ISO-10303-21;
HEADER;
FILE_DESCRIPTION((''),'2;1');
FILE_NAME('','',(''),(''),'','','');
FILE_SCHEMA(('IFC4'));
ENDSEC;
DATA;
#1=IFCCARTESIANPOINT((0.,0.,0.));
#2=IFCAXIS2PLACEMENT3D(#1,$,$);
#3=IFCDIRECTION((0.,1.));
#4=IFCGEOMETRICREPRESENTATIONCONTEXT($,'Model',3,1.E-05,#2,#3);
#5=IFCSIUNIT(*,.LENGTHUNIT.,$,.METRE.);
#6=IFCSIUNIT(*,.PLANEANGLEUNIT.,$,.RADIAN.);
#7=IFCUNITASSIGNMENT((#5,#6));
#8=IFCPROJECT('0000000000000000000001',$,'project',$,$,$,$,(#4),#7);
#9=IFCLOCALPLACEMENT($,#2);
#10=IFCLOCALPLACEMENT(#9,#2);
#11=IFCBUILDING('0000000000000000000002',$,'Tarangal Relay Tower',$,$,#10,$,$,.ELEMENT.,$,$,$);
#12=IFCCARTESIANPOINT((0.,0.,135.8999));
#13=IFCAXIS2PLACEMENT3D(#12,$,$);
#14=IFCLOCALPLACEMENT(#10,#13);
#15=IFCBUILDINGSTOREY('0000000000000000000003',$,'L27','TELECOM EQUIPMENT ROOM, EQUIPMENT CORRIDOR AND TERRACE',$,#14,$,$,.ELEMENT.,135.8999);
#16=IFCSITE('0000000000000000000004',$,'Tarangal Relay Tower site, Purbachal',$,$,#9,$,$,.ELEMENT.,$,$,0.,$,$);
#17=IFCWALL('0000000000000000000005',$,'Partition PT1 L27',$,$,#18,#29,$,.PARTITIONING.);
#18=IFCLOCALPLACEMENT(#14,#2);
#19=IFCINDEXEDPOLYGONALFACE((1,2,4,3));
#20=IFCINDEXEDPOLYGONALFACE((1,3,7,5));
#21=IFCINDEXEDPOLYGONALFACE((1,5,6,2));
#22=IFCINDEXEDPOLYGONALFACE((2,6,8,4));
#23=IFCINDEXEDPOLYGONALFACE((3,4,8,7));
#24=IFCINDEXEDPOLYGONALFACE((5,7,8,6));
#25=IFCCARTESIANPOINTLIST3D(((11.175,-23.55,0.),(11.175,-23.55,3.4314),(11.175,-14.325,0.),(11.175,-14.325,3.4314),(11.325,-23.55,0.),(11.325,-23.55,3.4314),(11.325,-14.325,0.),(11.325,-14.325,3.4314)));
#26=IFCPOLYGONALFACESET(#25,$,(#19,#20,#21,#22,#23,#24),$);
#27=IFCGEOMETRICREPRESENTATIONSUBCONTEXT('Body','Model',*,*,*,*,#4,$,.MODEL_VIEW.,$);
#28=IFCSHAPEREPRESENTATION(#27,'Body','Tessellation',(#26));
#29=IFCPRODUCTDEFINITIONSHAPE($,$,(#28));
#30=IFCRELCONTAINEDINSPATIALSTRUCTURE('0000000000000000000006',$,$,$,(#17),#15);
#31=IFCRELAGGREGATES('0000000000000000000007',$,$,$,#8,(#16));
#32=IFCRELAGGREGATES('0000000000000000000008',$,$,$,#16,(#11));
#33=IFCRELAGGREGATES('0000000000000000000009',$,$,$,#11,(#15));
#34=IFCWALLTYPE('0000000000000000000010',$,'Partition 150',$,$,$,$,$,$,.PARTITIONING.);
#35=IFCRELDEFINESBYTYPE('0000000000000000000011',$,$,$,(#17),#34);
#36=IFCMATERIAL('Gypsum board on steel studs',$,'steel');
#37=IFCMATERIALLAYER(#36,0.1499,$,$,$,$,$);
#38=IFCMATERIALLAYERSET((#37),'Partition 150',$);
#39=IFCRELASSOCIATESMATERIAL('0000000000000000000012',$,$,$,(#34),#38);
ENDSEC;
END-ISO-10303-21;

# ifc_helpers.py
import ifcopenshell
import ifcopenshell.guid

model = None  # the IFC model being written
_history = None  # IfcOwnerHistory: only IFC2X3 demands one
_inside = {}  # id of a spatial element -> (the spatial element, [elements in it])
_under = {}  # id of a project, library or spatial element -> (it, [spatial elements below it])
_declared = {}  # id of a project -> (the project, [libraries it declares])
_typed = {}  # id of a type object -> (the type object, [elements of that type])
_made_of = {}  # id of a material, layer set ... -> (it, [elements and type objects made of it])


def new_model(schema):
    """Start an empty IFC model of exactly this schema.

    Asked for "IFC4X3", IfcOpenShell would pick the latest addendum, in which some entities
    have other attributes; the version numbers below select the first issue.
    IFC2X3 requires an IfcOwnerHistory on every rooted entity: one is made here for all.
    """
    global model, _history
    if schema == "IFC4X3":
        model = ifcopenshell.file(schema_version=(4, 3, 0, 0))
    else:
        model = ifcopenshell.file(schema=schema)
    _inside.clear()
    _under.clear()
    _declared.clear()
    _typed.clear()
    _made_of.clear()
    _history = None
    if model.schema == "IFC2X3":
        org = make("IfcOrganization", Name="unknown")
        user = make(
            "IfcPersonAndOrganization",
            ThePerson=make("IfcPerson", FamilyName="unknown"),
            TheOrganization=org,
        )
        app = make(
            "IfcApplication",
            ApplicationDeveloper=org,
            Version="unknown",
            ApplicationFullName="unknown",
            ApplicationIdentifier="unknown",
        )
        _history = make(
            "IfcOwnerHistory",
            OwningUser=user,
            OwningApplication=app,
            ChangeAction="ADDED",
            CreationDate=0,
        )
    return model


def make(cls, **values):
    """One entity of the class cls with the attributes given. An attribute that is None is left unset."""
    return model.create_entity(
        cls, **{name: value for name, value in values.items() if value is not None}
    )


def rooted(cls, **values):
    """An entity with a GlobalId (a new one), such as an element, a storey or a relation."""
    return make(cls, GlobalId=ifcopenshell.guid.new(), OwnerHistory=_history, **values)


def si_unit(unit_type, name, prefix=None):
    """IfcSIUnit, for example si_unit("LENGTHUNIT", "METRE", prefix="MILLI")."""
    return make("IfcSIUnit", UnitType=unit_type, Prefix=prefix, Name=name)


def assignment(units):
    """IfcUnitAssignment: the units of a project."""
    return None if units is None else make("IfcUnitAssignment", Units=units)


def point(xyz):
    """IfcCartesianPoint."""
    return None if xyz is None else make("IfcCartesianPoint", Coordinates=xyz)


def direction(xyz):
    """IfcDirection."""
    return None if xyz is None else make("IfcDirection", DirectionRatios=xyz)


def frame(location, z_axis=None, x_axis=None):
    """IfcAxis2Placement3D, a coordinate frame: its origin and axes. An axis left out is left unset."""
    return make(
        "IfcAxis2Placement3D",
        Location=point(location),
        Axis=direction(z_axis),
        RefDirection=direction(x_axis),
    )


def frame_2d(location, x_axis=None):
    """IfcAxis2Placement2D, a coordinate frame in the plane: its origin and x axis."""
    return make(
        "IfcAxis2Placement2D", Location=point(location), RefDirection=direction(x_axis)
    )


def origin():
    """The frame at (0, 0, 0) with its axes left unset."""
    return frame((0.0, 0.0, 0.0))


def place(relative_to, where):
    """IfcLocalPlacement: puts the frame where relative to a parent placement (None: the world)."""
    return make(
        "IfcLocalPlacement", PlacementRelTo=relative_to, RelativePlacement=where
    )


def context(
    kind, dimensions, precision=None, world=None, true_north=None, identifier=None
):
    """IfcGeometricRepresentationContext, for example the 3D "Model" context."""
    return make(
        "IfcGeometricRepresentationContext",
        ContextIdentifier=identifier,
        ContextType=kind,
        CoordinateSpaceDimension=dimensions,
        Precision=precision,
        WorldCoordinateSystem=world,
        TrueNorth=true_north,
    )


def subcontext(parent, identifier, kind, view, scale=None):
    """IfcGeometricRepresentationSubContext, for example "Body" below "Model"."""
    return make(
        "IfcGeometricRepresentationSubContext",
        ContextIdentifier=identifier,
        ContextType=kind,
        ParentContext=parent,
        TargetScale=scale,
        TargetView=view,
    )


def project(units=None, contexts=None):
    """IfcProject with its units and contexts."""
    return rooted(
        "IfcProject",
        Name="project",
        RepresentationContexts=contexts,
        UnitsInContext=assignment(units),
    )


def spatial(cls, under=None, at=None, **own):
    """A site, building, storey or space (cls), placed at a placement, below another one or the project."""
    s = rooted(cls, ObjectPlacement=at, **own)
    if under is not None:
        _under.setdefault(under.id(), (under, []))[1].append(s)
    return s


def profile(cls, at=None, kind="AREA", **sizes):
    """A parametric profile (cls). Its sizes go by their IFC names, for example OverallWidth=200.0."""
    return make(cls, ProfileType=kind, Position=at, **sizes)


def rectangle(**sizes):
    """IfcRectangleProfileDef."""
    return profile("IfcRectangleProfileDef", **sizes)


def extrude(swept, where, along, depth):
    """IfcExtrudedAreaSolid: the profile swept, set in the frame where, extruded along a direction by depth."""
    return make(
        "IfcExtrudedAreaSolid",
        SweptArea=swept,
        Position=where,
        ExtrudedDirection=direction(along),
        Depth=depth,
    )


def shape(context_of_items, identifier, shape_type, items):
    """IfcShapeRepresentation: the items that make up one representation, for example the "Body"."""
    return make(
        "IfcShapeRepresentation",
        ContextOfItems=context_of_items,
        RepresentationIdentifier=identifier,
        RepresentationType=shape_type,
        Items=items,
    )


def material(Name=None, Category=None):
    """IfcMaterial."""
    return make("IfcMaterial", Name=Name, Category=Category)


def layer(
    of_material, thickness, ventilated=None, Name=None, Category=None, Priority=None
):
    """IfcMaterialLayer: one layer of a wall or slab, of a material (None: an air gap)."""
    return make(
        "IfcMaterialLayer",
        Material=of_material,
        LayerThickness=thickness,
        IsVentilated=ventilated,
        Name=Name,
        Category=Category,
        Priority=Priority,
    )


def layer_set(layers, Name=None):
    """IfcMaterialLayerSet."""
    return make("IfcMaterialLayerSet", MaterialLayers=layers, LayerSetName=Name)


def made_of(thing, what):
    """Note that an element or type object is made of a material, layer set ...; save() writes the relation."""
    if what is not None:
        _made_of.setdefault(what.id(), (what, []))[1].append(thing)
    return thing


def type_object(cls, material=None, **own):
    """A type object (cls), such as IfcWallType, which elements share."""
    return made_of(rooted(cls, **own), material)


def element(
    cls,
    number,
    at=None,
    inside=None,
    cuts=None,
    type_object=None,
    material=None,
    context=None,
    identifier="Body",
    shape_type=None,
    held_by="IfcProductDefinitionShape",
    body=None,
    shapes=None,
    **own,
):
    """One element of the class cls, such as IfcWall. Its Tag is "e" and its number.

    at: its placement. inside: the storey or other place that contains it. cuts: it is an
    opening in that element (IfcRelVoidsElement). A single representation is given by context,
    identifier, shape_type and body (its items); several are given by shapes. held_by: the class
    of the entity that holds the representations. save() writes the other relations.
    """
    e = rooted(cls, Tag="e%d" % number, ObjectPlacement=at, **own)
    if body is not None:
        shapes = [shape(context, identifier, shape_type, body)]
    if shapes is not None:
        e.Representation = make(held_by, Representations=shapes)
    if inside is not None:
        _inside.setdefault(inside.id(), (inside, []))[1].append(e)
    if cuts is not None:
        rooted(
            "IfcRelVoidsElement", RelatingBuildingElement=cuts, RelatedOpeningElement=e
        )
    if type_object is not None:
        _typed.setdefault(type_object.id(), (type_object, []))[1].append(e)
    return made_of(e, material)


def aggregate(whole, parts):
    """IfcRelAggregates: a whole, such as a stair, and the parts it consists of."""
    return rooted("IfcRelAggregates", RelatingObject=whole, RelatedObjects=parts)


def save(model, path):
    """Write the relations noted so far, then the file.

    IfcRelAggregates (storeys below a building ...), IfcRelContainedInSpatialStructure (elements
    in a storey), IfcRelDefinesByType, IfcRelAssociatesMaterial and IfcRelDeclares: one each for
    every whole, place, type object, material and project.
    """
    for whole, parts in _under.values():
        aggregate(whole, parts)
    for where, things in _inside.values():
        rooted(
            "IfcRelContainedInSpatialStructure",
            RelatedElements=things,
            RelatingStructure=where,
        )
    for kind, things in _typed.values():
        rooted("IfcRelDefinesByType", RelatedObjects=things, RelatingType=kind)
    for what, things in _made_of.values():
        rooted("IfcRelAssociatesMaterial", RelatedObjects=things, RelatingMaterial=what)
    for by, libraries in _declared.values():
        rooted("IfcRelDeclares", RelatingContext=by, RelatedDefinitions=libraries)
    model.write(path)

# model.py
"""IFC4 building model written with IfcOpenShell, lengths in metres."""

from ifc_helpers import new_model, si_unit, direction, frame, frame_2d, origin, place, context, subcontext, project, spatial, rectangle, extrude, material, layer, layer_set, type_object, element, save


model = new_model("IFC4")

# Units and contexts
model_context = context("Model", 3, precision=1e-05, world=origin(), true_north=direction((0.0, 1.0)))
body_context = subcontext(model_context, "Body", "Model", "MODEL_VIEW")
ifc_project = project(units=[si_unit("LENGTHUNIT", "METRE"), si_unit("PLANEANGLEUNIT", "RADIAN")], contexts=[model_context])

# Site, building, storey
site_placement = place(None, origin())
site = spatial("IfcSite", under=ifc_project, at=site_placement, Name="Tarangal Relay Tower site, Purbachal", CompositionType="ELEMENT", RefElevation=0.0)
building_placement = place(site_placement, origin())
building = spatial("IfcBuilding", under=site, at=building_placement, Name="Tarangal Relay Tower", CompositionType="ELEMENT")
storey_placement = place(building_placement, frame((0.0, 0.0, 135.8999)))
storey = spatial("IfcBuildingStorey", under=building, at=storey_placement, Name="L27", Description="TELECOM EQUIPMENT ROOM, EQUIPMENT CORRIDOR AND TERRACE", CompositionType="ELEMENT", Elevation=135.8999)

# Wall
ifc_material_1 = material(Name="Gypsum board on steel studs", Category="steel")
ifc_layer_1 = layer(ifc_material_1, 0.1499)
ifc_layer_set_1 = layer_set([ifc_layer_1], Name="Partition 150")
wall_type_1 = type_object("IfcWallType", Name="Partition 150", PredefinedType="PARTITIONING", material=ifc_layer_set_1)
wall_1_placement = place(storey_placement, frame((11.25, -23.55, 0.0), z_axis=(0.0, 0.0, 1.0), x_axis=(0.0, 1.0, 0.0)))
element("IfcWall", 1, at=wall_1_placement, inside=storey, type_object=wall_type_1, Name="Partition PT1 L27", PredefinedType="PARTITIONING", context=body_context, shape_type="SweptSolid", body=[
    extrude(rectangle(XDim=9.2251, YDim=0.1499, at=frame_2d((4.6125, 0.0))), origin(), (0.0, 0.0, 1.0), 3.4314),
])

save(model, "model.ifc")
